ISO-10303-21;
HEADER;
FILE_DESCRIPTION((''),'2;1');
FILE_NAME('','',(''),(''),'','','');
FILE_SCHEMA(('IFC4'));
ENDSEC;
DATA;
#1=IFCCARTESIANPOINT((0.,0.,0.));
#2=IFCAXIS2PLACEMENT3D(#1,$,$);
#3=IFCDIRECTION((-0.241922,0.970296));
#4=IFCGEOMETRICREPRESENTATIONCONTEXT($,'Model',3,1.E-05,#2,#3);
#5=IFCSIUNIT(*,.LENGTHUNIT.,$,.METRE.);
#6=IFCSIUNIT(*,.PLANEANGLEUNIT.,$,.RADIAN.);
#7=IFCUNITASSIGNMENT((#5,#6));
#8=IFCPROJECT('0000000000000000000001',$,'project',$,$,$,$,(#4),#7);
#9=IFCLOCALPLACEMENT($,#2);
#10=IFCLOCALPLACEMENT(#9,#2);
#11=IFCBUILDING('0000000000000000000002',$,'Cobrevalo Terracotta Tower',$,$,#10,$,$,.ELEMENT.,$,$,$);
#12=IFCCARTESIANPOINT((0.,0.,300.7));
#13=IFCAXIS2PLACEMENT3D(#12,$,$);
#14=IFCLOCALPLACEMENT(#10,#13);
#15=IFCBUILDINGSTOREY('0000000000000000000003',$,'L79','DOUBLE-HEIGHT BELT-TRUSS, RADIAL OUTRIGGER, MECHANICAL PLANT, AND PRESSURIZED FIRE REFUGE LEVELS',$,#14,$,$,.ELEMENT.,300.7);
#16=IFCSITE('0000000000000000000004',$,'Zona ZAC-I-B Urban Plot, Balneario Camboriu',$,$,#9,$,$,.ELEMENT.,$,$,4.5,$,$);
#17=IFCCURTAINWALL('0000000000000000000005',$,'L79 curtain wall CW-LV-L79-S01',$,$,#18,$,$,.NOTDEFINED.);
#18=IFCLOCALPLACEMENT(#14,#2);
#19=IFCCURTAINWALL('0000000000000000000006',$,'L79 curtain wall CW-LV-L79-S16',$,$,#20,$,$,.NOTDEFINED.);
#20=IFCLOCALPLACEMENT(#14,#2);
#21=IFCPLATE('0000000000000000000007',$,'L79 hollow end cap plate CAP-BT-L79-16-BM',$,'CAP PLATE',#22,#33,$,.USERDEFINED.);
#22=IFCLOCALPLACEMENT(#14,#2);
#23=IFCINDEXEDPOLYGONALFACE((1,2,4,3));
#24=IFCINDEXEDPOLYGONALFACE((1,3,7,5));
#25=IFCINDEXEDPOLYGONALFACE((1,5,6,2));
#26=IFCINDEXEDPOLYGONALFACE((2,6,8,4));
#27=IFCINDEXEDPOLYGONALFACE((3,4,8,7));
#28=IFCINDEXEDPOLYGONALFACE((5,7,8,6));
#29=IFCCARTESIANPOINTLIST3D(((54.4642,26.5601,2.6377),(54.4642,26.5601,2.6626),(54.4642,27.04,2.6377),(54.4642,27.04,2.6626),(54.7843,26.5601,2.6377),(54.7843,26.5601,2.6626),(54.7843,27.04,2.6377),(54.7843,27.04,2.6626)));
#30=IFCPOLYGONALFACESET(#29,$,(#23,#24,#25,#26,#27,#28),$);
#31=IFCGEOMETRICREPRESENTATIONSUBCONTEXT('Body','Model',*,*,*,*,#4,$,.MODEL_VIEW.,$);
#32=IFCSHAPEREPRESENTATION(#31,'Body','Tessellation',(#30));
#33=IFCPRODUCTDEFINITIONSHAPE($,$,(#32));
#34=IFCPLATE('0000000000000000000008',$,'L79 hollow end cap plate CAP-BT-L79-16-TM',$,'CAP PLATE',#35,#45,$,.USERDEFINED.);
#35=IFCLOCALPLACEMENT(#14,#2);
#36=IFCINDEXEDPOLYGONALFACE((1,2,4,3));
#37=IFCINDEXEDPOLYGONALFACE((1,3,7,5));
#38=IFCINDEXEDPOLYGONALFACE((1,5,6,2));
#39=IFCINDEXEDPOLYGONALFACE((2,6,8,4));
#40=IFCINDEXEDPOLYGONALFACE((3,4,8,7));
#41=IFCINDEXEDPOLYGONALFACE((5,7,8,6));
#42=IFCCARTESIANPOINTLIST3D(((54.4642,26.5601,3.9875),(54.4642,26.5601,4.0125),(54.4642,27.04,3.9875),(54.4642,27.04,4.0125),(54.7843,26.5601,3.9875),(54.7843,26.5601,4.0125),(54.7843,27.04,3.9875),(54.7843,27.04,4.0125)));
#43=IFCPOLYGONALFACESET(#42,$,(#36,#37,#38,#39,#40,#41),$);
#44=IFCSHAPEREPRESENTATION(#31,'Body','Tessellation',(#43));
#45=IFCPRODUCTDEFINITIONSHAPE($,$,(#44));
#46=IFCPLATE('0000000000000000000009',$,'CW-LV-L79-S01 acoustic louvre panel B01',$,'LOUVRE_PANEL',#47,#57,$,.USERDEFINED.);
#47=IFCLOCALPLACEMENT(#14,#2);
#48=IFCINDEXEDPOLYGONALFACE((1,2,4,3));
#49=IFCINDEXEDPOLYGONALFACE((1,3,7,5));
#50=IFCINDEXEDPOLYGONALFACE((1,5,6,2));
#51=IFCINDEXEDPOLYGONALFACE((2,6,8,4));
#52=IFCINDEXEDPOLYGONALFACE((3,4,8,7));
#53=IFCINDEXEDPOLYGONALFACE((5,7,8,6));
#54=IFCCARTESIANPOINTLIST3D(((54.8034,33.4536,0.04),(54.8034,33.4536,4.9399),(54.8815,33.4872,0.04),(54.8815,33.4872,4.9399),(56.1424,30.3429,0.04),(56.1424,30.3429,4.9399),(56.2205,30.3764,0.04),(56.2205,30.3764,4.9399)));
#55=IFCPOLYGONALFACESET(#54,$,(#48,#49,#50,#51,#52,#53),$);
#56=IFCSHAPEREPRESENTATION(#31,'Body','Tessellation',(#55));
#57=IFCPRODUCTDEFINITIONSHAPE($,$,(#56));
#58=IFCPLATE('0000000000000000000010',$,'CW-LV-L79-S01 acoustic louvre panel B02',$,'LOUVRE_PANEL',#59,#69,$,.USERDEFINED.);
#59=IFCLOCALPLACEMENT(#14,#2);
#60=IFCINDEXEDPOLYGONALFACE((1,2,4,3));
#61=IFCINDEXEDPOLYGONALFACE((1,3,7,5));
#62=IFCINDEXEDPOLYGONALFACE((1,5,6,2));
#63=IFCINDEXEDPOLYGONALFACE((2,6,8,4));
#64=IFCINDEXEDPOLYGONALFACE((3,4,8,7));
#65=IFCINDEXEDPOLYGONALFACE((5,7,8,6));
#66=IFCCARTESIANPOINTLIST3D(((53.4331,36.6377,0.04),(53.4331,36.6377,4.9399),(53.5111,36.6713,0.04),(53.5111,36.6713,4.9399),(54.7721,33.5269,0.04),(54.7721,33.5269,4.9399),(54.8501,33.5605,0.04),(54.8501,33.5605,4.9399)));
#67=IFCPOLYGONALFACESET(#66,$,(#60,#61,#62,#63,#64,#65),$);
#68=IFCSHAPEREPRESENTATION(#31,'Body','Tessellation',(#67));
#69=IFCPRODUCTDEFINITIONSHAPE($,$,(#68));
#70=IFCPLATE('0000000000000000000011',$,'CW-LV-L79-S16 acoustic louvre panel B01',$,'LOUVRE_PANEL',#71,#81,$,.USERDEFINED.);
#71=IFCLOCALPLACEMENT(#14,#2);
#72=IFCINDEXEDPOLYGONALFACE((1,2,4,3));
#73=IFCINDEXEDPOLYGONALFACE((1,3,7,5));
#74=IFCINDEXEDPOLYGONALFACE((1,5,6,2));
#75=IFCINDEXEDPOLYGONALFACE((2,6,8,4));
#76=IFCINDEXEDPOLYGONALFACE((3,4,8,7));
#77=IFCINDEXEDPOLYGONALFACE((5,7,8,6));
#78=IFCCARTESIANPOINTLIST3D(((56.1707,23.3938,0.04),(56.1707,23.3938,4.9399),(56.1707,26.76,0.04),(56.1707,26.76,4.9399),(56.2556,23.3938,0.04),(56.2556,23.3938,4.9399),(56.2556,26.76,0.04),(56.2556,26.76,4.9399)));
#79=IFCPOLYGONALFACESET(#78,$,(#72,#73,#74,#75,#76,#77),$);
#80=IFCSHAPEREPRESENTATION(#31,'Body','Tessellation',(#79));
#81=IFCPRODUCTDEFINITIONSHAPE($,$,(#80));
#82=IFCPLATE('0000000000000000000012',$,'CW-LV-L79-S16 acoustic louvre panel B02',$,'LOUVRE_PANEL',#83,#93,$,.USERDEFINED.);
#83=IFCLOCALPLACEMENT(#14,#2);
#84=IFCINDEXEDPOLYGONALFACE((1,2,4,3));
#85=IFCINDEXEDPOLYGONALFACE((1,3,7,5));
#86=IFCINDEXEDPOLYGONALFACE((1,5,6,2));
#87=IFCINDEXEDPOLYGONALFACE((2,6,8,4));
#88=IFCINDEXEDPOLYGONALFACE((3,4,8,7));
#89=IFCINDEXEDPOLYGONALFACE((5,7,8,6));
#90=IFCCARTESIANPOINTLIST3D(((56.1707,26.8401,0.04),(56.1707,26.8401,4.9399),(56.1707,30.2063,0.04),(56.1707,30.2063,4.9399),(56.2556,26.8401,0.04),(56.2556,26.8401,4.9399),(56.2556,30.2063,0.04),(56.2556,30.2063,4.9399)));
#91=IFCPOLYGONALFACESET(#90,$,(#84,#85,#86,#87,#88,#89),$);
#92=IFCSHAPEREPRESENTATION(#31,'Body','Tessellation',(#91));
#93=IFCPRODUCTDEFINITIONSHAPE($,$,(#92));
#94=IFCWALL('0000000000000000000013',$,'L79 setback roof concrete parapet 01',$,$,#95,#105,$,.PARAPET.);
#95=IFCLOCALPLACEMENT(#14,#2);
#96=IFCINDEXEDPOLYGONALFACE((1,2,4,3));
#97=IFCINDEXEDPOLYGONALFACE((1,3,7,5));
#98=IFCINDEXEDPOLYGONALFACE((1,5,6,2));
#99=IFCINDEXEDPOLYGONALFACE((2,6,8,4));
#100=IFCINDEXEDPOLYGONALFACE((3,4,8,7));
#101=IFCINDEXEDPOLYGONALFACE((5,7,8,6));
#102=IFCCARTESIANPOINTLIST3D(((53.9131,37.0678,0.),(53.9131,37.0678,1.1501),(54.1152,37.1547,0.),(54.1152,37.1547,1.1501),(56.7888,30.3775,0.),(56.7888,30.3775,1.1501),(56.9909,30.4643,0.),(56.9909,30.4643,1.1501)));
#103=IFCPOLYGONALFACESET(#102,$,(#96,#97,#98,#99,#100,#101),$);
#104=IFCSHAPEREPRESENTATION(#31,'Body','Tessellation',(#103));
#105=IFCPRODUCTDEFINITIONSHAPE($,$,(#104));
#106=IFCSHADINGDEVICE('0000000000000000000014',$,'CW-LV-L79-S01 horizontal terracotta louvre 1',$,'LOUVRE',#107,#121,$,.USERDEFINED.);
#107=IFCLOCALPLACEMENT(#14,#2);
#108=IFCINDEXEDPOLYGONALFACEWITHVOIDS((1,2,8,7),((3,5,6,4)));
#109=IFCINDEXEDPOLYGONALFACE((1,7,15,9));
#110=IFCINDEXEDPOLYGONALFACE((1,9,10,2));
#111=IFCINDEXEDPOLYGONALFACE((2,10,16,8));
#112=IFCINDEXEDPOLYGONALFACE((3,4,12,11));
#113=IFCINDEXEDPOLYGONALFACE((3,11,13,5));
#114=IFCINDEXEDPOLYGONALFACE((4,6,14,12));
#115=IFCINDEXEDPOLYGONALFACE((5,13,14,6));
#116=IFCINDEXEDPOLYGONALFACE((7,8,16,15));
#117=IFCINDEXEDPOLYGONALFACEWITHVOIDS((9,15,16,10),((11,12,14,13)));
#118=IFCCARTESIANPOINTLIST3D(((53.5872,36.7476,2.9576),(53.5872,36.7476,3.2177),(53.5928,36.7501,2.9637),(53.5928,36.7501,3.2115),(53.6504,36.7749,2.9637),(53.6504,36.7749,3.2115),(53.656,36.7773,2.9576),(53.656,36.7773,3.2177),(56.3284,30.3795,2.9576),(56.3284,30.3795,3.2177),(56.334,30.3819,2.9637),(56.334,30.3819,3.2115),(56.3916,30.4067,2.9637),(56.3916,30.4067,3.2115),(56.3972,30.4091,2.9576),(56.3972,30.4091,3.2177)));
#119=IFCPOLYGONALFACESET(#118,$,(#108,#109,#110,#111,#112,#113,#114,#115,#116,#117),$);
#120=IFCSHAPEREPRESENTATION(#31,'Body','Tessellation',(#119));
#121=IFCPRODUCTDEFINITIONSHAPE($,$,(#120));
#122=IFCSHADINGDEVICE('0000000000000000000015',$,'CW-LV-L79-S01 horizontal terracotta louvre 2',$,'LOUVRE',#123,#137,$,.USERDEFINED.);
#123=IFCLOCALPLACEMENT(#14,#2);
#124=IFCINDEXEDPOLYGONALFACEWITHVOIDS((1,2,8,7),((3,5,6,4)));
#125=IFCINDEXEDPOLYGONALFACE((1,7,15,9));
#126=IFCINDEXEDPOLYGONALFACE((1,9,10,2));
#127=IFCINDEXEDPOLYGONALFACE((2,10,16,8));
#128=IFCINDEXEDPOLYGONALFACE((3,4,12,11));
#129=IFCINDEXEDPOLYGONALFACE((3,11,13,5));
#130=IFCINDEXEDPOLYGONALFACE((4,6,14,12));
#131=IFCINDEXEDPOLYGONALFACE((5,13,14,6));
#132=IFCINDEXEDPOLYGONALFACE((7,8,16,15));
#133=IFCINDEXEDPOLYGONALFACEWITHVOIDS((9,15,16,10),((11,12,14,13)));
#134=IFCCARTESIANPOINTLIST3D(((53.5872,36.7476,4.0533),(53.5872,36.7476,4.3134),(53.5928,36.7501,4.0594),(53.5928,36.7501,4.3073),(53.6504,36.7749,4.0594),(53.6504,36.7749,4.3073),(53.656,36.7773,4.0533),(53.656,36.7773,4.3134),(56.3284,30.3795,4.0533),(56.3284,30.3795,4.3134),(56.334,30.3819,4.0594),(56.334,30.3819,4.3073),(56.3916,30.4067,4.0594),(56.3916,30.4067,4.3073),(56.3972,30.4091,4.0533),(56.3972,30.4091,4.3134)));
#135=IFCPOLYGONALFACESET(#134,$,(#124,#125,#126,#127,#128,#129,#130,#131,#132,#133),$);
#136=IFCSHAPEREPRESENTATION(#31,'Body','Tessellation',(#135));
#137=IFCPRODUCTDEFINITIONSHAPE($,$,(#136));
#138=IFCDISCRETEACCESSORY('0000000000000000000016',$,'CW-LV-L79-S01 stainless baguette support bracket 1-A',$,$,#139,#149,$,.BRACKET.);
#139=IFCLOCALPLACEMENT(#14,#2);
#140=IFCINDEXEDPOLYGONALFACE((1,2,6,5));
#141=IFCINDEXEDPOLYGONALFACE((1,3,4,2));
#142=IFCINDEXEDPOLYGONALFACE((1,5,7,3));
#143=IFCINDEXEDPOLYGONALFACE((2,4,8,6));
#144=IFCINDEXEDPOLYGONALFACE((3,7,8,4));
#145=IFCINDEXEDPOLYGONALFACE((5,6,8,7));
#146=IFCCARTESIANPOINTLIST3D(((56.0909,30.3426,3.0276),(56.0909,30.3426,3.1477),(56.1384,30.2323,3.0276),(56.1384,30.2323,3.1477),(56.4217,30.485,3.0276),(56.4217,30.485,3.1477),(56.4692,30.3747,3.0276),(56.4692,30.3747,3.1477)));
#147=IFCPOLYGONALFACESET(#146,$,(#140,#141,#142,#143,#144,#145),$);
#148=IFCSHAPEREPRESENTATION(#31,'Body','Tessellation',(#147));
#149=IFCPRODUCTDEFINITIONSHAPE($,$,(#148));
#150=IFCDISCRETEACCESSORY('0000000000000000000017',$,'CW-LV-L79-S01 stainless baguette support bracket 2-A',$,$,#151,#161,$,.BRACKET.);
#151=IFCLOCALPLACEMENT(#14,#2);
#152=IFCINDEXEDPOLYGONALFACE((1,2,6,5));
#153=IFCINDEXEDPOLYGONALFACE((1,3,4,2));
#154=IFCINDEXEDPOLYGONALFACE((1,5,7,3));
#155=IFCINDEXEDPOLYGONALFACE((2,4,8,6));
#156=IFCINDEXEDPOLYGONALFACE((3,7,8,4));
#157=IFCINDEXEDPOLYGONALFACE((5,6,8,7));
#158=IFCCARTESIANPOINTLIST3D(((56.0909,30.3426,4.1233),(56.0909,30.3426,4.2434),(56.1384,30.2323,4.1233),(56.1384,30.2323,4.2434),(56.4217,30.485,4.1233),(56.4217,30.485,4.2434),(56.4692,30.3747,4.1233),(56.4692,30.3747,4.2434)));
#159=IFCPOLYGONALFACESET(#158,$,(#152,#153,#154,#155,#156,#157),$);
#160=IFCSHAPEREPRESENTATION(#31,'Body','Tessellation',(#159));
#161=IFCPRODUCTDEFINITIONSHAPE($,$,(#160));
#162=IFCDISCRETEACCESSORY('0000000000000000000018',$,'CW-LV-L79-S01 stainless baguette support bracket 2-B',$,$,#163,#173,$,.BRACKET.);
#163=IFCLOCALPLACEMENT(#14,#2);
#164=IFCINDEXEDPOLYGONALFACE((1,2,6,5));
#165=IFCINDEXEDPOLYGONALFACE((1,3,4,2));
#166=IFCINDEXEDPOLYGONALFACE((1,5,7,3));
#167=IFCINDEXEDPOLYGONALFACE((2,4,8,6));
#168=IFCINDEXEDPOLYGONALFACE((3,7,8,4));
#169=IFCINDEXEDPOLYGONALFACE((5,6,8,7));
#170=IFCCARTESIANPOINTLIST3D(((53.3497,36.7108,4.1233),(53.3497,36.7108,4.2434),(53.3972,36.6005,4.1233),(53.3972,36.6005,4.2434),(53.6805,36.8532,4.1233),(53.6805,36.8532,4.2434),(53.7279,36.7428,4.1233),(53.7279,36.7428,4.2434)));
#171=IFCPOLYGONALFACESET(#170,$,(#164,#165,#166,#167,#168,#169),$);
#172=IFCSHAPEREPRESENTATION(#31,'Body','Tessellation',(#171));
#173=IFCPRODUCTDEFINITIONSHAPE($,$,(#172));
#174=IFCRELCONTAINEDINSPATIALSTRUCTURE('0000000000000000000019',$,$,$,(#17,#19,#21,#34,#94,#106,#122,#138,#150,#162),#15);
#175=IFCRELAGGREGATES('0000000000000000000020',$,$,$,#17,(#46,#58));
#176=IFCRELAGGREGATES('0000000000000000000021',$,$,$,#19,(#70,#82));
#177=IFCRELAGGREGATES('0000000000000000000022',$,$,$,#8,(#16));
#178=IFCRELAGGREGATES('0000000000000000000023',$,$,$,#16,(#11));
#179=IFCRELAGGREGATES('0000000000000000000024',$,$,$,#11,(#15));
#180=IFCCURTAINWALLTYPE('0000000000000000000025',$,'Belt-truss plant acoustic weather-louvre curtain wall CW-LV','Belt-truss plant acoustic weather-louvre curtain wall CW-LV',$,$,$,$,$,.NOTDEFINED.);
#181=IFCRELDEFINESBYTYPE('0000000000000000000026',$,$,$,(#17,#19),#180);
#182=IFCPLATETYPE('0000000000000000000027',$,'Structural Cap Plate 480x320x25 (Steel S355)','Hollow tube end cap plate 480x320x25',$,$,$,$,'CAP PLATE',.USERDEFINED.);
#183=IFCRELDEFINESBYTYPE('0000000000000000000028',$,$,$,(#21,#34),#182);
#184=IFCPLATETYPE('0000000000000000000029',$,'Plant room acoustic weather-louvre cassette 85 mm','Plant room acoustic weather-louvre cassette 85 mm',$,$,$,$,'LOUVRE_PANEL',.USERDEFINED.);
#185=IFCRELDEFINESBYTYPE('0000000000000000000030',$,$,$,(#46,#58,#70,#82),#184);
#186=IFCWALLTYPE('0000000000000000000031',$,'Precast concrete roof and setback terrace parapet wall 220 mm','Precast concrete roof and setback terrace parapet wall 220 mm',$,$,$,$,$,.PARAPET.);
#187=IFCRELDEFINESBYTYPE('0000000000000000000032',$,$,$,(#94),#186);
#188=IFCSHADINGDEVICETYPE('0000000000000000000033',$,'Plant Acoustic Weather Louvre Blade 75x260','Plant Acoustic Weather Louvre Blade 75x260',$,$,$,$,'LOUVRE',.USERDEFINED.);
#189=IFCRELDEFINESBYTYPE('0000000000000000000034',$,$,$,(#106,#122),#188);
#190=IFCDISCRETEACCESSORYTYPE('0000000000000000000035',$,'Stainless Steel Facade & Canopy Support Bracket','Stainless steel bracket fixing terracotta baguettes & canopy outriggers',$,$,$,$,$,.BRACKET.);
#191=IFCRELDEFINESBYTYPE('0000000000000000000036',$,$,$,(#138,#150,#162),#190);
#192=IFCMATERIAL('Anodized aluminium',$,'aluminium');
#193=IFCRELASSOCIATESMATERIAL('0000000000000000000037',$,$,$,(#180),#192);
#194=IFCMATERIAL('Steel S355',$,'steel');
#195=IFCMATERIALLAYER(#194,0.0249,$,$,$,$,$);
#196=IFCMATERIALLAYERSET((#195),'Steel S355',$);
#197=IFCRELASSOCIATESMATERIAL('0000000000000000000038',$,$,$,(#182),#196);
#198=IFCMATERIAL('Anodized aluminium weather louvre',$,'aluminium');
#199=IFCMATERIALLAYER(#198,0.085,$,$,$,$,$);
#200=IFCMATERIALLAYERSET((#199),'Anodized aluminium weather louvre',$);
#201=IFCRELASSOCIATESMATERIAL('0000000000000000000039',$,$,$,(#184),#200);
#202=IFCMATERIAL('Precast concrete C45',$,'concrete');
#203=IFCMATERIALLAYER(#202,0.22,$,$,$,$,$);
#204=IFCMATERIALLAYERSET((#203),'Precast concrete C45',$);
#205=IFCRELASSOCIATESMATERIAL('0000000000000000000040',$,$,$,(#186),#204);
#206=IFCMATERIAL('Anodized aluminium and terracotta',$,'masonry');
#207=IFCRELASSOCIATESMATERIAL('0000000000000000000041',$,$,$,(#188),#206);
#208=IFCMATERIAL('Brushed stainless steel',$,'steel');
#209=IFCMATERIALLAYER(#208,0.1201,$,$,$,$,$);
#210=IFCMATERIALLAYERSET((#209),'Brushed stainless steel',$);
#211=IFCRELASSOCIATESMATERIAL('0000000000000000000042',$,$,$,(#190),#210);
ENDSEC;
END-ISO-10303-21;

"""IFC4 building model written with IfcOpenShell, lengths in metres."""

from ifc_helpers import new_model, si_unit, direction, frame, frame_2d, origin, origin_2d, place, context, subcontext, project, spatial, rectangle, hollow_rectangle, extrude, source, transform, mapped, material, layer, layer_set, material_profile, profile_set, type_object, element, aggregate, save


model = new_model("IFC4")

# Units and contexts
model_context = context("Model", 3, precision=1e-05, world=origin(), true_north=direction((-0.241922, 0.970296)))
body_context = subcontext(model_context, "Body", "Model", "MODEL_VIEW")
ifc_project = project(units=[si_unit("LENGTHUNIT", "METRE"), si_unit("PLANEANGLEUNIT", "RADIAN")], contexts=[model_context])

# Site, building, storey
site_placement = place(None, origin())
site = spatial("IfcSite", under=ifc_project, at=site_placement, Name="Zona ZAC-I-B Urban Plot, Balneario Camboriu", CompositionType="ELEMENT", RefElevation=4.5)
building_placement = place(site_placement, origin())
building = spatial("IfcBuilding", under=site, at=building_placement, Name="Cobrevalo Terracotta Tower", CompositionType="ELEMENT")
storey_placement = place(building_placement, frame((0.0, 0.0, 300.7)))
storey = spatial("IfcBuildingStorey", under=building, at=storey_placement, Name="L79", Description="DOUBLE-HEIGHT BELT-TRUSS, RADIAL OUTRIGGER, MECHANICAL PLANT, AND PRESSURIZED FIRE REFUGE LEVELS", CompositionType="ELEMENT", Elevation=300.7)

# Shared definitions
ifc_material_1 = material(Name="Steel S355", Category="steel")

# Curtain walls
ifc_material_2 = material(Name="Anodized aluminium", Category="aluminium")
curtain_wall_type = type_object("IfcCurtainWallType", Name="Belt-truss plant acoustic weather-louvre curtain wall CW-LV", Description="Belt-truss plant acoustic weather-louvre curtain wall CW-LV", PredefinedType="NOTDEFINED", material=ifc_material_2)
curtain_wall_1_placement = place(storey_placement, origin())
curtain_wall_1 = element("IfcCurtainWall", 1, at=curtain_wall_1_placement, inside=storey, type_object=curtain_wall_type, Name="L79 curtain wall CW-LV-L79-S01", PredefinedType="NOTDEFINED")
curtain_wall_2_placement = place(storey_placement, origin())
curtain_wall_2 = element("IfcCurtainWall", 2, at=curtain_wall_2_placement, inside=storey, type_object=curtain_wall_type, Name="L79 curtain wall CW-LV-L79-S16", PredefinedType="NOTDEFINED")

# Plates
ifc_layer_1 = layer(ifc_material_1, 0.0249)
ifc_layer_set_1 = layer_set([ifc_layer_1], Name="Steel S355")
plate_type_1 = type_object("IfcPlateType", Name="Structural Cap Plate 480x320x25 (Steel S355)", Description="Hollow tube end cap plate 480x320x25", ElementType="CAP PLATE", PredefinedType="USERDEFINED", material=ifc_layer_set_1)
shared_shape_1 = source(origin(), body_context, "Body", "SweptSolid", [
    extrude(rectangle(XDim=0.48, YDim=0.3201, at=origin_2d()), origin(), (0.0, 0.0, 1.0), 0.0249),
])
for number, where, z_axis, x_axis, name in (
    (3, (54.6243, 26.8, 2.6377), (0.0, 0.0, 1.0), (0.0, 1.0, 0.0), "L79 hollow end cap plate CAP-BT-L79-16-BM"),
    (4, (54.6243, 26.8, 3.9875), (0.0, 0.0, 1.0), (0.0, 1.0, 0.0), "L79 hollow end cap plate CAP-BT-L79-16-TM"),
):
    element("IfcPlate", number, at=place(storey_placement, frame(where, z_axis=z_axis, x_axis=x_axis)), inside=storey, type_object=plate_type_1, Name=name, ObjectType="CAP PLATE", PredefinedType="USERDEFINED", context=body_context, shape_type="MappedRepresentation", body=[
        mapped(shared_shape_1, transform((0.0, 0.0, 0.0), scale=1.0)),
    ])

# Plates
ifc_material_3 = material(Name="Anodized aluminium weather louvre", Category="aluminium")
ifc_layer_2 = layer(ifc_material_3, 0.085)
ifc_layer_set_2 = layer_set([ifc_layer_2], Name="Anodized aluminium weather louvre")
plate_type_2 = type_object("IfcPlateType", Name="Plant room acoustic weather-louvre cassette 85 mm", Description="Plant room acoustic weather-louvre cassette 85 mm", ElementType="LOUVRE_PANEL", PredefinedType="USERDEFINED", material=ifc_layer_set_2)
shared_shape_2 = source(origin(), body_context, "Body", "SweptSolid", [
    extrude(rectangle(XDim=3.3867, YDim=0.085, at=origin_2d()), origin(), (0.0, 0.0, 1.0), 4.8999),
])
plate_1_placement = place(storey_placement, frame((55.512, 31.915, 0.04), z_axis=(0.0, 0.0, 1.0), x_axis=(-0.395368, 0.918523, 0.0)))
plate_1 = element("IfcPlate", 5, at=plate_1_placement, type_object=plate_type_2, Name="CW-LV-L79-S01 acoustic louvre panel B01", ObjectType="LOUVRE_PANEL", PredefinedType="USERDEFINED", context=body_context, shape_type="MappedRepresentation", body=[
    mapped(shared_shape_2, transform((0.0, 0.0, 0.0), scale=1.0)),
])
plate_2_placement = place(storey_placement, frame((54.1416, 35.0991, 0.04), z_axis=(0.0, 0.0, 1.0), x_axis=(-0.395368, 0.918523, 0.0)))
plate_2 = element("IfcPlate", 6, at=plate_2_placement, type_object=plate_type_2, Name="CW-LV-L79-S01 acoustic louvre panel B02", ObjectType="LOUVRE_PANEL", PredefinedType="USERDEFINED", context=body_context, shape_type="MappedRepresentation", body=[
    mapped(shared_shape_2, transform((0.0, 0.0, 0.0), scale=1.0)),
])
aggregate(curtain_wall_1, [plate_1, plate_2])
shared_shape_3 = source(origin(), body_context, "Body", "SweptSolid", [
    extrude(rectangle(XDim=3.3662, YDim=0.085, at=origin_2d()), origin(), (0.0, 0.0, 1.0), 4.8999),
])
plate_3_placement = place(storey_placement, frame((56.2131, 25.0769, 0.04), z_axis=(0.0, 0.0, 1.0), x_axis=(0.0, 1.0, 0.0)))
plate_3 = element("IfcPlate", 7, at=plate_3_placement, type_object=plate_type_2, Name="CW-LV-L79-S16 acoustic louvre panel B01", ObjectType="LOUVRE_PANEL", PredefinedType="USERDEFINED", context=body_context, shape_type="MappedRepresentation", body=[
    mapped(shared_shape_3, transform((0.0, 0.0, 0.0), scale=1.0)),
])
plate_4_placement = place(storey_placement, frame((56.2131, 28.5232, 0.04), z_axis=(0.0, 0.0, 1.0), x_axis=(0.0, 1.0, 0.0)))
plate_4 = element("IfcPlate", 8, at=plate_4_placement, type_object=plate_type_2, Name="CW-LV-L79-S16 acoustic louvre panel B02", ObjectType="LOUVRE_PANEL", PredefinedType="USERDEFINED", context=body_context, shape_type="MappedRepresentation", body=[
    mapped(shared_shape_3, transform((0.0, 0.0, 0.0), scale=1.0)),
])
aggregate(curtain_wall_2, [plate_3, plate_4])

# Wall
ifc_material_4 = material(Name="Precast concrete C45", Category="concrete")
ifc_layer_3 = layer(ifc_material_4, 0.22)
ifc_layer_set_3 = layer_set([ifc_layer_3], Name="Precast concrete C45")
wall_type = type_object("IfcWallType", Name="Precast concrete roof and setback terrace parapet wall 220 mm", Description="Precast concrete roof and setback terrace parapet wall 220 mm", PredefinedType="PARAPET", material=ifc_layer_set_3)
wall_placement = place(storey_placement, frame((56.8899, 30.4209, 0.0), z_axis=(0.0, 0.0, 1.0), x_axis=(-0.394894, 0.918727, 0.0)))
element("IfcWall", 9, at=wall_placement, inside=storey, type_object=wall_type, Name="L79 setback roof concrete parapet 01", PredefinedType="PARAPET", context=body_context, shape_type="SweptSolid", body=[
    extrude(rectangle(XDim=7.2822, YDim=0.22, at=frame_2d((3.6411, 0.0))), origin(), (0.0, 0.0, 1.0), 1.1501),
])

# Shading devices
ifc_material_5 = material(Name="Anodized aluminium and terracotta", Category="masonry")
ifc_material_profile_1 = material_profile(ifc_material_5, hollow_rectangle(XDim=0.075, YDim=0.26, WallThickness=0.0061, at=origin_2d()), Name="LOUVRE BLADE 75x260")
ifc_profile_set_1 = profile_set([ifc_material_profile_1], Name="Anodized aluminium and terracotta")
shading_device_type = type_object("IfcShadingDeviceType", Name="Plant Acoustic Weather Louvre Blade 75x260", Description="Plant Acoustic Weather Louvre Blade 75x260", ElementType="LOUVRE", PredefinedType="USERDEFINED", material=ifc_profile_set_1)
shared_shape_4 = source(origin(), body_context, "Body", "SweptSolid", [
    extrude(hollow_rectangle(XDim=0.075, YDim=0.26, WallThickness=0.0061, at=origin_2d()), origin(), (0.0, 0.0, 1.0), 6.9331),
])
for number, where, z_axis, x_axis, name in (
    (10, (56.3628, 30.3943, 3.0876), (-0.395381, 0.918517, 0.0), (-0.918517, -0.395381, 0.0), "CW-LV-L79-S01 horizontal terracotta louvre 1"),
    (11, (56.3628, 30.3943, 4.1833), (-0.395381, 0.918517, 0.0), (-0.918517, -0.395381, 0.0), "CW-LV-L79-S01 horizontal terracotta louvre 2"),
):
    element("IfcShadingDevice", number, at=place(storey_placement, frame(where, z_axis=z_axis, x_axis=x_axis)), inside=storey, type_object=shading_device_type, Name=name, ObjectType="LOUVRE", PredefinedType="USERDEFINED", context=body_context, shape_type="MappedRepresentation", body=[
        mapped(shared_shape_4, transform((0.0, 0.0, 0.0), scale=1.0)),
    ])

# Discrete accessories
ifc_material_6 = material(Name="Brushed stainless steel", Category="steel")
ifc_layer_4 = layer(ifc_material_6, 0.1201)
ifc_layer_set_4 = layer_set([ifc_layer_4], Name="Brushed stainless steel")
discrete_accessory_type = type_object("IfcDiscreteAccessoryType", Name="Stainless Steel Facade & Canopy Support Bracket", Description="Stainless steel bracket fixing terracotta baguettes & canopy outriggers", PredefinedType="BRACKET", material=ifc_layer_set_4)
shared_shape_5 = source(origin(), body_context, "Body", "SweptSolid", [
    extrude(rectangle(XDim=0.1201, YDim=0.3601, at=origin_2d()), origin(), (0.0, 0.0, 1.0), 0.1201),
])
for number, where, z_axis, x_axis, name in (
    (12, (56.28, 30.3586, 3.0276), (0.0, 0.0, 1.0), (-0.395368, 0.918523, 0.0), "CW-LV-L79-S01 stainless baguette support bracket 1-A"),
    (13, (56.28, 30.3586, 4.1233), (0.0, 0.0, 1.0), (-0.395368, 0.918523, 0.0), "CW-LV-L79-S01 stainless baguette support bracket 2-A"),
    (14, (53.5388, 36.7268, 4.1233), (0.0, 0.0, 1.0), (-0.395368, 0.918523, 0.0), "CW-LV-L79-S01 stainless baguette support bracket 2-B"),
):
    element("IfcDiscreteAccessory", number, at=place(storey_placement, frame(where, z_axis=z_axis, x_axis=x_axis)), inside=storey, type_object=discrete_accessory_type, Name=name, PredefinedType="BRACKET", context=body_context, shape_type="MappedRepresentation", body=[
        mapped(shared_shape_5, transform((0.0, 0.0, 0.0), scale=1.0)),
    ])

save(model, "model.ifc")
